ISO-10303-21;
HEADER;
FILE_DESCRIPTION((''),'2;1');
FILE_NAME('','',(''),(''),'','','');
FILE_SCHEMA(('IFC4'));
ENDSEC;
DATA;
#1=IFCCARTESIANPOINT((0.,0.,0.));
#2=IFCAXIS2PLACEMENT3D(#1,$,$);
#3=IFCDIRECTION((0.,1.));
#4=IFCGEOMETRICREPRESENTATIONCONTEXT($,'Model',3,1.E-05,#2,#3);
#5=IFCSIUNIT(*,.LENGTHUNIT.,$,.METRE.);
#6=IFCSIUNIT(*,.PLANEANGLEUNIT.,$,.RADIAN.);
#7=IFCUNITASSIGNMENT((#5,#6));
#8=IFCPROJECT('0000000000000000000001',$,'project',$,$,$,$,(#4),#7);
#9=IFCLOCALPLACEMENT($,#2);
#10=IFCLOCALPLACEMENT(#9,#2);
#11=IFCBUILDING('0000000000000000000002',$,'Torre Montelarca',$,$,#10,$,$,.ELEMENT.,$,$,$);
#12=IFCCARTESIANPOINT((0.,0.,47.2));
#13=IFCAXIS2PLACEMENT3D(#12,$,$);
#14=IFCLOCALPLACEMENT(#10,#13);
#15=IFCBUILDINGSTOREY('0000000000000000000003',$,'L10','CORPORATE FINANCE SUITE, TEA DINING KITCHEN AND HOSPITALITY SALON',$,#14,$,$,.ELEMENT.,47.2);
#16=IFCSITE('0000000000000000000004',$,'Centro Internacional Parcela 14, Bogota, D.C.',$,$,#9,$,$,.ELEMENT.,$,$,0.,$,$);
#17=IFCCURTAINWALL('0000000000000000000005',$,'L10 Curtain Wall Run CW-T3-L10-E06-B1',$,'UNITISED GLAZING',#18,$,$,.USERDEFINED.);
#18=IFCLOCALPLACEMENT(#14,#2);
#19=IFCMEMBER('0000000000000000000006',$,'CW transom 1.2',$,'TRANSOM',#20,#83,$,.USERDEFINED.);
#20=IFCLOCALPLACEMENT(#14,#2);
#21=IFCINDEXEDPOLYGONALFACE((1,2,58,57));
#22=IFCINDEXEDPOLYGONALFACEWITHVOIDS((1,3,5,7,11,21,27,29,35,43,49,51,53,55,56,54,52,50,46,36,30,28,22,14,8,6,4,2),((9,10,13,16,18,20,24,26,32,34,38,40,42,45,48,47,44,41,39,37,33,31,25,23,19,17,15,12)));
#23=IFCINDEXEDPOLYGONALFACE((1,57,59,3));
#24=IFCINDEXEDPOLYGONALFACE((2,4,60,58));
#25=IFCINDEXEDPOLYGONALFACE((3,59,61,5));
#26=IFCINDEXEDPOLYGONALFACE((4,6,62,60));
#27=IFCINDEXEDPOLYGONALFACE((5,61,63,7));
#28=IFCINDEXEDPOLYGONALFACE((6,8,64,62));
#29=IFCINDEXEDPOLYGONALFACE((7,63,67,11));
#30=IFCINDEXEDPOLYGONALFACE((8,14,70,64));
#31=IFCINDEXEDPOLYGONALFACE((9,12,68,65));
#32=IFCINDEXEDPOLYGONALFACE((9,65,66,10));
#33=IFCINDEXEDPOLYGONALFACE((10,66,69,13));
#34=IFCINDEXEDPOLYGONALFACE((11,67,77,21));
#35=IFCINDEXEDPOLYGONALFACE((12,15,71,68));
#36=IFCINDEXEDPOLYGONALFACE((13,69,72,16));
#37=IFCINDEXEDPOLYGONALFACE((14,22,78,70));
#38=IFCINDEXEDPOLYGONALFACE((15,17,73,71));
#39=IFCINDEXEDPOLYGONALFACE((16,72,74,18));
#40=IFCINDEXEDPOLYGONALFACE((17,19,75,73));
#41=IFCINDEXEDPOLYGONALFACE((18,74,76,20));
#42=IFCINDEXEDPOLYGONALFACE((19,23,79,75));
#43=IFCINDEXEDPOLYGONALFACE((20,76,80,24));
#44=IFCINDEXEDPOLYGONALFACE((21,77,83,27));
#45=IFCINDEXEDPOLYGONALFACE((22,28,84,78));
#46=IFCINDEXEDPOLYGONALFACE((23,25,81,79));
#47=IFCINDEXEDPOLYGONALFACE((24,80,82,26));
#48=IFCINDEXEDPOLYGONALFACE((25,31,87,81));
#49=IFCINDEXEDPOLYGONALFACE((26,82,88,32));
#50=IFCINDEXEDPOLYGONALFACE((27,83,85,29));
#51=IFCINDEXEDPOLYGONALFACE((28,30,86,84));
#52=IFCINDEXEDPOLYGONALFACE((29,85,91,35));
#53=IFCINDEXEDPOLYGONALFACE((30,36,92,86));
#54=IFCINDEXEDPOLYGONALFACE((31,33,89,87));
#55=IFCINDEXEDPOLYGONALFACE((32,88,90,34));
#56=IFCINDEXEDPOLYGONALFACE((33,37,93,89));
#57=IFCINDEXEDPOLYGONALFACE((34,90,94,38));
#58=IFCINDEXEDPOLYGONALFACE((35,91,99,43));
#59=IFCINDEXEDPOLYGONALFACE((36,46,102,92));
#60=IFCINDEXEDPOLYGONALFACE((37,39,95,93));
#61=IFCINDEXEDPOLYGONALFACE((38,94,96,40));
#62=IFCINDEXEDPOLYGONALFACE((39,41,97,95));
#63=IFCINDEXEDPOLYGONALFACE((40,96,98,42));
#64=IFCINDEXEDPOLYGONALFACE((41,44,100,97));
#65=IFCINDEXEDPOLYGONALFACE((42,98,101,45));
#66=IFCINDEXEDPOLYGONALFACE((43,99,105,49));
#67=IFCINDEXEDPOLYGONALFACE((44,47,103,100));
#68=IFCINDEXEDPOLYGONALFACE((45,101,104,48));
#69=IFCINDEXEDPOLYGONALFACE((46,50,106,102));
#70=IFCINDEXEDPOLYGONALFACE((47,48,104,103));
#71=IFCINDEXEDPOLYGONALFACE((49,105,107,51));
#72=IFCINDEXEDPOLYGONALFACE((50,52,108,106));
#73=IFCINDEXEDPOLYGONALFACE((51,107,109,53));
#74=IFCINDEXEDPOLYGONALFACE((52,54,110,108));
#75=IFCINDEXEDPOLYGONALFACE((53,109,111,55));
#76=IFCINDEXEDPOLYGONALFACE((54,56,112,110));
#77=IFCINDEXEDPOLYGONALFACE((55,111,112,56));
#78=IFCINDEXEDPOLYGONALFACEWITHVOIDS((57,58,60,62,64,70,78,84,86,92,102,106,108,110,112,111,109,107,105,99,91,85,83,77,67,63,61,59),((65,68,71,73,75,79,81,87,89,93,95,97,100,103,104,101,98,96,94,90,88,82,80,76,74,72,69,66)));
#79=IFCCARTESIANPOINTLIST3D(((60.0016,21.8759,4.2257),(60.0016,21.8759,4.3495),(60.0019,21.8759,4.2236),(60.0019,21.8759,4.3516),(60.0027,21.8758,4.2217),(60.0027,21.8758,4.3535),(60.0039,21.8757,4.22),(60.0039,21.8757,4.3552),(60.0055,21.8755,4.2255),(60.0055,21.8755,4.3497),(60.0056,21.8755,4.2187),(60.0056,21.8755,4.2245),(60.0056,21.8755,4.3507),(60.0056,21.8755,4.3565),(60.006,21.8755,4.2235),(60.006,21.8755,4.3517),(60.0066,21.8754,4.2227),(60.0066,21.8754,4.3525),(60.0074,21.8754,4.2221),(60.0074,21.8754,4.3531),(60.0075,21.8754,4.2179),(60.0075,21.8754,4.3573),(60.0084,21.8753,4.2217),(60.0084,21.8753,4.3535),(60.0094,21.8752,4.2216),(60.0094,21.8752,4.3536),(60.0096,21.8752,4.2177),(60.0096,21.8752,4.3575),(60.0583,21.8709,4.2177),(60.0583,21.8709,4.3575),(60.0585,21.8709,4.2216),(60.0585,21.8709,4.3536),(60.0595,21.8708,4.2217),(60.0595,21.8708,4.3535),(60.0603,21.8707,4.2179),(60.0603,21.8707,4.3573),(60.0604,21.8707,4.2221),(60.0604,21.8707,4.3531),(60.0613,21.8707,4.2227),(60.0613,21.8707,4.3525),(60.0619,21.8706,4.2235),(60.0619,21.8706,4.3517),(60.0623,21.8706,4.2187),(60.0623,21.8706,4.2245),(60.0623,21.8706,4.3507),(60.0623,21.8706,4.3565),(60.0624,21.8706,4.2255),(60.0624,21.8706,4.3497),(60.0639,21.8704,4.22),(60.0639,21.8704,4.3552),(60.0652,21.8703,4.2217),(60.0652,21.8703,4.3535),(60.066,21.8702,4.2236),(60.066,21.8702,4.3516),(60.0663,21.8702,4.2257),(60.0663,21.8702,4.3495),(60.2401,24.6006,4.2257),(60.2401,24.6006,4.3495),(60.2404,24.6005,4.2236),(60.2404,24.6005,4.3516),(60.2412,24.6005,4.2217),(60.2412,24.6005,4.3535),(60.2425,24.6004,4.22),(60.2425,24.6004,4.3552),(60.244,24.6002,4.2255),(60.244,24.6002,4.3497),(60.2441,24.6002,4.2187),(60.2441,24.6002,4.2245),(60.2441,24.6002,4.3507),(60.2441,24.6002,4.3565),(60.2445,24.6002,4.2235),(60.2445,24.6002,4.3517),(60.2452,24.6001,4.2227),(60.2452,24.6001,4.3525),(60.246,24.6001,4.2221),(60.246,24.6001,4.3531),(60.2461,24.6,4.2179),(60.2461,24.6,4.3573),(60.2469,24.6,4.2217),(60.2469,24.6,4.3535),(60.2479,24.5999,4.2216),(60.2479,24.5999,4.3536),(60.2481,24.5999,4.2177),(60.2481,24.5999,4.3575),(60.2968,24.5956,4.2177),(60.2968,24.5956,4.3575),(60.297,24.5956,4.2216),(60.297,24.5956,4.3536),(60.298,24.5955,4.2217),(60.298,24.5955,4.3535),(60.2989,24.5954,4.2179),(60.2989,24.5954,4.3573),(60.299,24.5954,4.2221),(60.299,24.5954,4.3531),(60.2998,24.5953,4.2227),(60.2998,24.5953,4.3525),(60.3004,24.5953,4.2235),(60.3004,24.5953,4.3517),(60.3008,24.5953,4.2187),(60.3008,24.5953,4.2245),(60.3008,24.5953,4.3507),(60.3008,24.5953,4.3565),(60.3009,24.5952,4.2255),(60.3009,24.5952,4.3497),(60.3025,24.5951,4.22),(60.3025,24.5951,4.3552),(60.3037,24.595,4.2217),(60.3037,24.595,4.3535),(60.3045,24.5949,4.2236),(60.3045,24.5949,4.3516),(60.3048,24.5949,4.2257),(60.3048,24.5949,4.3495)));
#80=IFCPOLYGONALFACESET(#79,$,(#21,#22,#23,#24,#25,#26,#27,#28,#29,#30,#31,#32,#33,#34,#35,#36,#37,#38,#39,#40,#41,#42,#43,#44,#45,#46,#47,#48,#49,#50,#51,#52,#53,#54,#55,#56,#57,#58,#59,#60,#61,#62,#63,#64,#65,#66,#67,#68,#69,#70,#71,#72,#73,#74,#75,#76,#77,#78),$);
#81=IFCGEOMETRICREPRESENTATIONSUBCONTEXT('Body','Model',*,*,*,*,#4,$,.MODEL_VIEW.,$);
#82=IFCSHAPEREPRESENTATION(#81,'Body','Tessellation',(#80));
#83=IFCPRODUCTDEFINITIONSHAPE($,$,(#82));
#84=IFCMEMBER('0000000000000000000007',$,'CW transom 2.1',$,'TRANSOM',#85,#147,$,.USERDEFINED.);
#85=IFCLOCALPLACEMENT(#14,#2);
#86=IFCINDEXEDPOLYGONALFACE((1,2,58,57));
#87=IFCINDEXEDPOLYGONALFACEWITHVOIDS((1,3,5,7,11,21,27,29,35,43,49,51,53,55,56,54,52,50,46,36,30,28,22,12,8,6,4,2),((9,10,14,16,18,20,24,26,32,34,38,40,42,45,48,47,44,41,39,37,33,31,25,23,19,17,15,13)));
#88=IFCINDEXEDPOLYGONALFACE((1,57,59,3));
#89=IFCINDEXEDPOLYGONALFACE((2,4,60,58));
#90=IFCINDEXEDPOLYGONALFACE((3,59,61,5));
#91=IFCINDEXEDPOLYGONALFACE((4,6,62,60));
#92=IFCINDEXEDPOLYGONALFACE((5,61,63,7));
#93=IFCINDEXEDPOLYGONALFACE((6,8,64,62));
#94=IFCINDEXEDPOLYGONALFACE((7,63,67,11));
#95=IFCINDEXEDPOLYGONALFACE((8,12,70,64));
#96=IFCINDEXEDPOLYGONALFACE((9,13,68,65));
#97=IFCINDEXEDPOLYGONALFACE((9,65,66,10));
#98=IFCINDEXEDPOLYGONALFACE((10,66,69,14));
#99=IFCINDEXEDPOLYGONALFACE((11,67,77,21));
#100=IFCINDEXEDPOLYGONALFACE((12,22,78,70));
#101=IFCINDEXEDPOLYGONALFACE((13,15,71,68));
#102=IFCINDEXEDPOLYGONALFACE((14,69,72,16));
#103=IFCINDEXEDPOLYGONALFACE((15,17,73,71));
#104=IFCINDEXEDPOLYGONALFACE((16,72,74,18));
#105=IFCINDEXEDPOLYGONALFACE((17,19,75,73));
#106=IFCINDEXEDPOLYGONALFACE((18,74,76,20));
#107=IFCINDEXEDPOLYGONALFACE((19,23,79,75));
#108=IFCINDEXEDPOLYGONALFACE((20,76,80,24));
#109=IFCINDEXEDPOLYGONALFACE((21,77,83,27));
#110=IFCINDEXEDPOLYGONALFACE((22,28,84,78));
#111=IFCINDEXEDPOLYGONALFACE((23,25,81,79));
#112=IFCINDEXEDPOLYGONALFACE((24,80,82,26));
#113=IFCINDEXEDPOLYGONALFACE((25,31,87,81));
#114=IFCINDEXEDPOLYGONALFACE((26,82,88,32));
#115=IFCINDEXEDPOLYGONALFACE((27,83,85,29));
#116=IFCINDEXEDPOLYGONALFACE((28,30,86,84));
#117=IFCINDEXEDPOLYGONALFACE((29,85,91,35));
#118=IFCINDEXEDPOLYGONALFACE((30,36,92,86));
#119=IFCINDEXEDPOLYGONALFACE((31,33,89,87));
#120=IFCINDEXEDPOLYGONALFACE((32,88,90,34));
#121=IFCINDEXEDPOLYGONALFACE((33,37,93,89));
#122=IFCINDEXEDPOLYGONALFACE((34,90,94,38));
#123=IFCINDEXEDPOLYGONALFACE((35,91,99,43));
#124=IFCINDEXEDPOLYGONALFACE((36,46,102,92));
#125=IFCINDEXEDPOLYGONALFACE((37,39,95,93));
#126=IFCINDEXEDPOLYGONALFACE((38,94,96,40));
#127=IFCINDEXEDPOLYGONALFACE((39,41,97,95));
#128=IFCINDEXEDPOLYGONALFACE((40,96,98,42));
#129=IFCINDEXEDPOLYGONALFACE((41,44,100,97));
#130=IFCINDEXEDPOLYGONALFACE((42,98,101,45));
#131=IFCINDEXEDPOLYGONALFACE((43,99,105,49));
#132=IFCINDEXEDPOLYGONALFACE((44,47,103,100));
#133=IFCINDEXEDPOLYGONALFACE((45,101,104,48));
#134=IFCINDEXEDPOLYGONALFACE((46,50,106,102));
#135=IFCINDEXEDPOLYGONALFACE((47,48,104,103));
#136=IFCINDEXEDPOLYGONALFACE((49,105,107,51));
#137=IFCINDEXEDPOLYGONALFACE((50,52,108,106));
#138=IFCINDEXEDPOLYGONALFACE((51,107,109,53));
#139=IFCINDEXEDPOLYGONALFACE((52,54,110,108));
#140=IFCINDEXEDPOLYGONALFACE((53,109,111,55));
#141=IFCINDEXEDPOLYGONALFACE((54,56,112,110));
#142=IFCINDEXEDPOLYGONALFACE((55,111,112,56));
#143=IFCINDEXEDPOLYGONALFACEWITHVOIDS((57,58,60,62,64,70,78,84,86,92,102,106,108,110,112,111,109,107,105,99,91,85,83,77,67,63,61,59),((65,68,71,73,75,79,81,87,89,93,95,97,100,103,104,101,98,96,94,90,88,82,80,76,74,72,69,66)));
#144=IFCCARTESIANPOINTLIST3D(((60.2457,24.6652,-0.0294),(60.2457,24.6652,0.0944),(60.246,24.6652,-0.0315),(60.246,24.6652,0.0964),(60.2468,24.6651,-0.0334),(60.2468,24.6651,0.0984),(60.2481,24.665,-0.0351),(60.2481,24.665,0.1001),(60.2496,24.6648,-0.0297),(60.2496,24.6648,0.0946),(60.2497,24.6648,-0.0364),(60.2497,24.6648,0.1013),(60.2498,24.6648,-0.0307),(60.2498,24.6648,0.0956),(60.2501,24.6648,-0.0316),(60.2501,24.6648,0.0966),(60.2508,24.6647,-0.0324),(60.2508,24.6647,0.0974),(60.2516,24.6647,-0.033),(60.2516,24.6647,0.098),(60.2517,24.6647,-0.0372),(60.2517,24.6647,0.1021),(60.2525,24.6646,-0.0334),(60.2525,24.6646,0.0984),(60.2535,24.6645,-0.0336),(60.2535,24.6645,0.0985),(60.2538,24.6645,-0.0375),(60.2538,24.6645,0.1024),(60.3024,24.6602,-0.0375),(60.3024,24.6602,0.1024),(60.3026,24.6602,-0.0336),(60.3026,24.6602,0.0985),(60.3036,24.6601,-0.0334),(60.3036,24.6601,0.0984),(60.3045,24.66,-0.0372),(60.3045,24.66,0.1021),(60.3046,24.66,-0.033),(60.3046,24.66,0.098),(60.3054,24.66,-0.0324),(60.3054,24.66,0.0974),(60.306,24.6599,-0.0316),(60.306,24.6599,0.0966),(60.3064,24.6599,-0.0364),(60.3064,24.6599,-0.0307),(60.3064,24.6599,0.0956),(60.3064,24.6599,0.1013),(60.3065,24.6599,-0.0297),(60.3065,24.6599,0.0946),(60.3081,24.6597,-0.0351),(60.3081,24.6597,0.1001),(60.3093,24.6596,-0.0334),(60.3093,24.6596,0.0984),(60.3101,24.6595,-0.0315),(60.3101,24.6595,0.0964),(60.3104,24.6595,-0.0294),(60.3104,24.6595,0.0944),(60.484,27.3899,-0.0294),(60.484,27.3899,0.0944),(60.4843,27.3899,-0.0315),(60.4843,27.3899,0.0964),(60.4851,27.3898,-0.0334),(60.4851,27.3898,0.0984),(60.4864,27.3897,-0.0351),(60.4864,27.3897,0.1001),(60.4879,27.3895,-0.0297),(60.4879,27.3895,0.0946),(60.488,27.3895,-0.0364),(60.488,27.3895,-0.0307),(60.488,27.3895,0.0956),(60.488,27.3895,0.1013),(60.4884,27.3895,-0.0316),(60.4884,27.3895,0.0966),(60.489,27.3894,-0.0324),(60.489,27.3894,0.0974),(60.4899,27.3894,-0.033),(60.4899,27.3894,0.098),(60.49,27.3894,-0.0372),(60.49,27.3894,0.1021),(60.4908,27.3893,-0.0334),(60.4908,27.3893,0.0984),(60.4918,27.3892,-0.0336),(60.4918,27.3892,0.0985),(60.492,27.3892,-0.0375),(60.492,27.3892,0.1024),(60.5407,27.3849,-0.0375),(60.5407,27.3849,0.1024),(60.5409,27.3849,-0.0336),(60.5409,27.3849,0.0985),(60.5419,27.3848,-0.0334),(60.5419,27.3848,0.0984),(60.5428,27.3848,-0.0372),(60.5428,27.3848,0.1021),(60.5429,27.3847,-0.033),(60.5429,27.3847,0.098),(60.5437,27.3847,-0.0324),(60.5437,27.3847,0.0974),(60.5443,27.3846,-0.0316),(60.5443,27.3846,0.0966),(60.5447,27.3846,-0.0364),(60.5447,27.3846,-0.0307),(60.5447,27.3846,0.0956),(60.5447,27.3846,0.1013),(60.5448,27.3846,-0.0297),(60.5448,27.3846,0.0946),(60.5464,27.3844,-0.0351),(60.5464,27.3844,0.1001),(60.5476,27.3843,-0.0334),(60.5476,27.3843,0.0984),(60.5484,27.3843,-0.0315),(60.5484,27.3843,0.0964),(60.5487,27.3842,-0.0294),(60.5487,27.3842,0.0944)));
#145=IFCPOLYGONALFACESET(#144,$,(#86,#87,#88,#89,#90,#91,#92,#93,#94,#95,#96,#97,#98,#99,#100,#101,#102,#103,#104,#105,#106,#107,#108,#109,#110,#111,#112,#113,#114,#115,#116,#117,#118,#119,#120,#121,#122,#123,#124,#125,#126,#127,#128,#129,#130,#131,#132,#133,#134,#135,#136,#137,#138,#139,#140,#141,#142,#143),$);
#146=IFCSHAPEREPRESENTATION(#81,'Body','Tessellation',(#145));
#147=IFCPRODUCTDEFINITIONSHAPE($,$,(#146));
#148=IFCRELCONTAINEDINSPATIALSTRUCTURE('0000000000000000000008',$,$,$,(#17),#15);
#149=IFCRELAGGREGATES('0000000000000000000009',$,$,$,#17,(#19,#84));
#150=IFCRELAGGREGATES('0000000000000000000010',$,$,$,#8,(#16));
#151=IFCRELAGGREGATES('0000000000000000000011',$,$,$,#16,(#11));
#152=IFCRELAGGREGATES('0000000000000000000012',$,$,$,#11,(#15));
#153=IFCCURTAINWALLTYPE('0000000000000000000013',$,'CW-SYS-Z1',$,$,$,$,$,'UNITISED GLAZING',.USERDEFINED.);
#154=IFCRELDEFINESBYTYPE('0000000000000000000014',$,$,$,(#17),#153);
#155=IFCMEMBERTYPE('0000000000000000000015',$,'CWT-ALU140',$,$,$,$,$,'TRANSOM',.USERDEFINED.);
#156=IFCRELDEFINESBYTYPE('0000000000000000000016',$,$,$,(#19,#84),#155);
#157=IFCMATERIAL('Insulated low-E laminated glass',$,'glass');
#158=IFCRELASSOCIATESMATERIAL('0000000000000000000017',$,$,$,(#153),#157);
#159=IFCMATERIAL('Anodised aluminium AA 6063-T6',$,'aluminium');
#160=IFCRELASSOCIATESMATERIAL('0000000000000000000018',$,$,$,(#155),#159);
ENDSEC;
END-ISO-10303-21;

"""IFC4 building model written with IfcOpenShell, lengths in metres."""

from ifc_helpers import new_model, si_unit, direction, frame, origin, origin_2d, place, context, subcontext, project, spatial, hollow_rectangle, extrude, source, transform, mapped, material, material_profile, profile_set, type_object, element, aggregate, save


model = new_model("IFC4")

# Units and contexts
model_context = context("Model", 3, precision=1e-05, world=origin(), true_north=direction((0.0, 1.0)))
body_context = subcontext(model_context, "Body", "Model", "MODEL_VIEW")
ifc_project = project(units=[si_unit("LENGTHUNIT", "METRE"), si_unit("PLANEANGLEUNIT", "RADIAN")], contexts=[model_context])

# Site, building, storey
site_placement = place(None, origin())
site = spatial("IfcSite", under=ifc_project, at=site_placement, Name="Centro Internacional Parcela 14, Bogota, D.C.", CompositionType="ELEMENT", RefElevation=0.0)
building_placement = place(site_placement, origin())
building = spatial("IfcBuilding", under=site, at=building_placement, Name="Torre Montelarca", CompositionType="ELEMENT")
storey_placement = place(building_placement, frame((0.0, 0.0, 47.2)))
storey = spatial("IfcBuildingStorey", under=building, at=storey_placement, Name="L10", Description="CORPORATE FINANCE SUITE, TEA DINING KITCHEN AND HOSPITALITY SALON", CompositionType="ELEMENT", Elevation=47.2)

# Curtain wall
ifc_material_1 = material(Name="Insulated low-E laminated glass", Category="glass")
curtain_wall_type = type_object("IfcCurtainWallType", Name="CW-SYS-Z1", ElementType="UNITISED GLAZING", PredefinedType="USERDEFINED", material=ifc_material_1)
ifc_material_2 = material(Name="Anodised aluminium AA 6063-T6", Category="aluminium")
curtain_wall_1_placement = place(storey_placement, origin())
curtain_wall_1 = element("IfcCurtainWall", 1, at=curtain_wall_1_placement, inside=storey, type_object=curtain_wall_type, Name="L10 Curtain Wall Run CW-T3-L10-E06-B1", ObjectType="UNITISED GLAZING", PredefinedType="USERDEFINED")

# Members
ifc_material_profile_1 = material_profile(ifc_material_2, hollow_rectangle(XDim=0.0649, YDim=0.1399, WallThickness=0.0039, InnerFilletRadius=0.0039, OuterFilletRadius=0.0081, at=origin_2d()), Name="ALU65X140X4", Category="aluminium")
ifc_profile_set_1 = profile_set([ifc_material_profile_1], Name="Anodised aluminium AA 6063-T6")
member_type_1 = type_object("IfcMemberType", Name="CWT-ALU140", ElementType="TRANSOM", PredefinedType="USERDEFINED", material=ifc_profile_set_1)
shared_shape_1 = source(origin(), body_context, "Body", "SweptSolid", [
    extrude(hollow_rectangle(XDim=0.0649, YDim=0.1399, WallThickness=0.0039, InnerFilletRadius=0.0039, OuterFilletRadius=0.0081, at=origin_2d()), origin(), (0.0, 0.0, 1.0), 2.7351),
])
member_1_placement = place(storey_placement, frame((60.0339, 21.873, 4.2876), z_axis=(0.087211, 0.99619, 0.0), x_axis=(-0.99619, 0.087211, 0.0)))
member_1 = element("IfcMember", 2, at=member_1_placement, type_object=member_type_1, Name="CW transom 1.2", ObjectType="TRANSOM", PredefinedType="USERDEFINED", context=body_context, shape_type="MappedRepresentation", body=[
    mapped(shared_shape_1, transform((0.0, 0.0, 0.0), scale=1.0)),
])
member_2_placement = place(storey_placement, frame((60.2781, 24.6624, 0.0325), z_axis=(0.087123, 0.996198, 0.0), x_axis=(-0.996198, 0.087123, 0.0)))
member_2 = element("IfcMember", 3, at=member_2_placement, type_object=member_type_1, Name="CW transom 2.1", ObjectType="TRANSOM", PredefinedType="USERDEFINED", context=body_context, shape_type="MappedRepresentation", body=[
    mapped(shared_shape_1, transform((0.0, 0.0, 0.0), scale=1.0)),
])

aggregate(curtain_wall_1, [member_1, member_2])

save(model, "model.ifc")
